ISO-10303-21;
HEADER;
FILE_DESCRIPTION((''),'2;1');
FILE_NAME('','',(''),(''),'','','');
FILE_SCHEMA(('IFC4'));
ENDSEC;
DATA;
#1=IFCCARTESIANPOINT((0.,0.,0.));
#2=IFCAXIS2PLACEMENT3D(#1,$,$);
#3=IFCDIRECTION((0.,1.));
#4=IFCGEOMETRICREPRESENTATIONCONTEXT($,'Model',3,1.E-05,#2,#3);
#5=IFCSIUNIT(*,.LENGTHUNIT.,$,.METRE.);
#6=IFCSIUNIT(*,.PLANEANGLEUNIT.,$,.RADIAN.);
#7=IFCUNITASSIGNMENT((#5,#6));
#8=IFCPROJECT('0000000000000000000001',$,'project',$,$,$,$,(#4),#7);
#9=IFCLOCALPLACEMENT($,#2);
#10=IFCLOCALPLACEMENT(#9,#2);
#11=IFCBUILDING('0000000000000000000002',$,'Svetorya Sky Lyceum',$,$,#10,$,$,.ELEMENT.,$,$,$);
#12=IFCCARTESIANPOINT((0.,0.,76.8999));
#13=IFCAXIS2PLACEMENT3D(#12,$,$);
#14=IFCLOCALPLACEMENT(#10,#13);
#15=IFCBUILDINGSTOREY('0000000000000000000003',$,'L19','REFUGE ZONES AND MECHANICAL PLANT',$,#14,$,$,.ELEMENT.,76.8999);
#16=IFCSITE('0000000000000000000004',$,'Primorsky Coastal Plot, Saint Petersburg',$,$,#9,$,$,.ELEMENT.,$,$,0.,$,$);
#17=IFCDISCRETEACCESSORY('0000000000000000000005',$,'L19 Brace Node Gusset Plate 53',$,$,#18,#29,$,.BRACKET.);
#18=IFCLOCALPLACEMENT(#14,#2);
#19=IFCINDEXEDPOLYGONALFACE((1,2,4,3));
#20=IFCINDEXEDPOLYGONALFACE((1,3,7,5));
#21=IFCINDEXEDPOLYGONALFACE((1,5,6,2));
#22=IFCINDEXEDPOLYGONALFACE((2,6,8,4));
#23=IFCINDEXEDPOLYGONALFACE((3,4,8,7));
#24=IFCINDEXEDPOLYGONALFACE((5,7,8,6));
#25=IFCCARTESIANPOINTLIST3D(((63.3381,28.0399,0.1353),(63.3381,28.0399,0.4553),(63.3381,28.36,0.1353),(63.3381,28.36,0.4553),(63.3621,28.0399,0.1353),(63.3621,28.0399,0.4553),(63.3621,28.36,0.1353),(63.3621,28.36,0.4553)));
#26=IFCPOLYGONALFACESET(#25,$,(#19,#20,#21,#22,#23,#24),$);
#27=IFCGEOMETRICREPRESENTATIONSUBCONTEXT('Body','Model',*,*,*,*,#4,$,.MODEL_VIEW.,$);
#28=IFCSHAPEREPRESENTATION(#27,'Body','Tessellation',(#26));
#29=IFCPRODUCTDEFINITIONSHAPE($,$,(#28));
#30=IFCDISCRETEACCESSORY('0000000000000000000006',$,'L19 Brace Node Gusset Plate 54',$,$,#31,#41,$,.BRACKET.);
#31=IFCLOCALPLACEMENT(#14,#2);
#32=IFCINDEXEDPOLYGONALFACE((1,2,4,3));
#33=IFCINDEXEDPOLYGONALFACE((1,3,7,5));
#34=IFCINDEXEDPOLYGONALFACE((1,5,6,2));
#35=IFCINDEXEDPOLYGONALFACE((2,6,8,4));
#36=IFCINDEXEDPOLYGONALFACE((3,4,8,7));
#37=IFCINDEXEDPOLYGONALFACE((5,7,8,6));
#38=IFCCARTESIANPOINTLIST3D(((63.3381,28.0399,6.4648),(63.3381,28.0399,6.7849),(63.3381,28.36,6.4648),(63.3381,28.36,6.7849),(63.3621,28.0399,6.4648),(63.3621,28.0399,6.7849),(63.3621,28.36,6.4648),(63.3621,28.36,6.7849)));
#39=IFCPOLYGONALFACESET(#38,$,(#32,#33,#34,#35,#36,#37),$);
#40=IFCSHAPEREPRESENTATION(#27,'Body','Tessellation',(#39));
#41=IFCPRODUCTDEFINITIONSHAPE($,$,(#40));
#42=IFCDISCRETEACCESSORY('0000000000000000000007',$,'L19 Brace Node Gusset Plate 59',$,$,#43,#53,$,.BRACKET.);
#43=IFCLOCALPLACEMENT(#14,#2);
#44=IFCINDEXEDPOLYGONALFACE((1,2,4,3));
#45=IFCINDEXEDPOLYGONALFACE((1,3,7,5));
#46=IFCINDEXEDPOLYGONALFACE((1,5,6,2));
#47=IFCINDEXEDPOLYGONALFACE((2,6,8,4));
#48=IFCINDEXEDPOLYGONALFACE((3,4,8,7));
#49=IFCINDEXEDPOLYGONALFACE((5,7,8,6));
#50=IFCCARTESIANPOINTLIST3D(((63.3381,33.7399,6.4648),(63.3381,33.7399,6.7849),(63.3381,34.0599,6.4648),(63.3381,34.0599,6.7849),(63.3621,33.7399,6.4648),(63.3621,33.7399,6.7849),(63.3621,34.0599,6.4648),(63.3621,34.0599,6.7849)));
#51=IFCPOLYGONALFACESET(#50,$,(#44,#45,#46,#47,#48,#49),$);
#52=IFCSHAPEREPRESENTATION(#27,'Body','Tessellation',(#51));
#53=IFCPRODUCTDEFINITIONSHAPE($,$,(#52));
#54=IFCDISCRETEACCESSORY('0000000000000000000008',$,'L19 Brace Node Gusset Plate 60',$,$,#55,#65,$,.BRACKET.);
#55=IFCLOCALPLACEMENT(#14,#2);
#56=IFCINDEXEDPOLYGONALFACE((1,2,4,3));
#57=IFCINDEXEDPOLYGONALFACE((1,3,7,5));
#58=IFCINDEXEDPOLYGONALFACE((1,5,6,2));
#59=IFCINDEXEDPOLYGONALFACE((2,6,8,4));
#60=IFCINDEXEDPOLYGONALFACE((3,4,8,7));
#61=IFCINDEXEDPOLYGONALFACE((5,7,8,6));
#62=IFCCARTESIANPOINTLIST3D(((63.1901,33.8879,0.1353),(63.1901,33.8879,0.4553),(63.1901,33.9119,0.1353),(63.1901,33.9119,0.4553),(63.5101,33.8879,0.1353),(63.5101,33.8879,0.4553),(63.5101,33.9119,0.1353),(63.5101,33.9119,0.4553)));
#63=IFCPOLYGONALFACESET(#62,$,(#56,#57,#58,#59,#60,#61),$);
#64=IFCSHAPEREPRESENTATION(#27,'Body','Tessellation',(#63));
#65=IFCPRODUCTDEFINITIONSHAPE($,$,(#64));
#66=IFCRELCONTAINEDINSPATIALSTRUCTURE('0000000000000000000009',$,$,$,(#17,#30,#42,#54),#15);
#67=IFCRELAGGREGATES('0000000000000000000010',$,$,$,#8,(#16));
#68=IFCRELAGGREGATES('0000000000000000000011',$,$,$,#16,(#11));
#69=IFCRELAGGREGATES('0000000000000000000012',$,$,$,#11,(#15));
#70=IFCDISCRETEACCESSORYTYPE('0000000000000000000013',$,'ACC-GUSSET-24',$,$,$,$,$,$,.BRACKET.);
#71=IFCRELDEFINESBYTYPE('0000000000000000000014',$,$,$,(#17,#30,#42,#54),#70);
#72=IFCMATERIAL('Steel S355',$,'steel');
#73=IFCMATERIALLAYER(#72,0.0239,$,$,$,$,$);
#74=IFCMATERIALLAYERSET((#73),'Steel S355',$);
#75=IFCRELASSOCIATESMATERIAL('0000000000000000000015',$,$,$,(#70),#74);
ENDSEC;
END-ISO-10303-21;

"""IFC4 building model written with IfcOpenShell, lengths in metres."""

from ifc_helpers import new_model, si_unit, direction, frame, origin, origin_2d, place, context, subcontext, project, spatial, rectangle, extrude, material, layer, layer_set, type_object, element, save


model = new_model("IFC4")

# Units and contexts
model_context = context("Model", 3, precision=1e-05, world=origin(), true_north=direction((0.0, 1.0)))
body_context = subcontext(model_context, "Body", "Model", "MODEL_VIEW")
ifc_project = project(units=[si_unit("LENGTHUNIT", "METRE"), si_unit("PLANEANGLEUNIT", "RADIAN")], contexts=[model_context])

# Site, building, storey
site_placement = place(None, origin())
site = spatial("IfcSite", under=ifc_project, at=site_placement, Name="Primorsky Coastal Plot, Saint Petersburg", CompositionType="ELEMENT", RefElevation=0.0)
building_placement = place(site_placement, origin())
building = spatial("IfcBuilding", under=site, at=building_placement, Name="Svetorya Sky Lyceum", CompositionType="ELEMENT")
storey_placement = place(building_placement, frame((0.0, 0.0, 76.8999)))
storey = spatial("IfcBuildingStorey", under=building, at=storey_placement, Name="L19", Description="REFUGE ZONES AND MECHANICAL PLANT", CompositionType="ELEMENT", Elevation=76.8999)

# Shared definitions
ifc_material_1 = material(Name="Steel S355", Category="steel")

# Discrete accessories
ifc_layer_1 = layer(ifc_material_1, 0.0239)
ifc_layer_set_1 = layer_set([ifc_layer_1], Name="Steel S355")
discrete_accessory_type = type_object("IfcDiscreteAccessoryType", Name="ACC-GUSSET-24", PredefinedType="BRACKET", material=ifc_layer_set_1)
for number, where, z_axis, x_axis, name in (
    (1, (63.3501, 28.2, 0.1353), (0.0, 0.0, 1.0), (1.0, 0.0, 0.0), "L19 Brace Node Gusset Plate 53"),
    (2, (63.3501, 28.2, 6.4648), (0.0, 0.0, 1.0), (1.0, 0.0, 0.0), "L19 Brace Node Gusset Plate 54"),
    (3, (63.3501, 33.8999, 6.4648), (0.0, 0.0, 1.0), (1.0, 0.0, 0.0), "L19 Brace Node Gusset Plate 59"),
):
    element("IfcDiscreteAccessory", number, at=place(storey_placement, frame(where, z_axis=z_axis, x_axis=x_axis)), inside=storey, type_object=discrete_accessory_type, Name=name, PredefinedType="BRACKET", context=body_context, shape_type="SweptSolid", body=[
        extrude(rectangle(XDim=0.0239, YDim=0.3201, at=origin_2d()), origin(), (0.0, 0.0, 1.0), 0.3201),
    ])
discrete_accessory_placement = place(storey_placement, frame((63.3501, 33.8999, 0.1353), z_axis=(0.0, 0.0, 1.0), x_axis=(1.0, 0.0, 0.0)))
element("IfcDiscreteAccessory", 4, at=discrete_accessory_placement, inside=storey, type_object=discrete_accessory_type, Name="L19 Brace Node Gusset Plate 60", PredefinedType="BRACKET", context=body_context, shape_type="SweptSolid", body=[
    extrude(rectangle(XDim=0.3201, YDim=0.0239, at=origin_2d()), origin(), (0.0, 0.0, 1.0), 0.3201),
])

save(model, "model.ifc")
